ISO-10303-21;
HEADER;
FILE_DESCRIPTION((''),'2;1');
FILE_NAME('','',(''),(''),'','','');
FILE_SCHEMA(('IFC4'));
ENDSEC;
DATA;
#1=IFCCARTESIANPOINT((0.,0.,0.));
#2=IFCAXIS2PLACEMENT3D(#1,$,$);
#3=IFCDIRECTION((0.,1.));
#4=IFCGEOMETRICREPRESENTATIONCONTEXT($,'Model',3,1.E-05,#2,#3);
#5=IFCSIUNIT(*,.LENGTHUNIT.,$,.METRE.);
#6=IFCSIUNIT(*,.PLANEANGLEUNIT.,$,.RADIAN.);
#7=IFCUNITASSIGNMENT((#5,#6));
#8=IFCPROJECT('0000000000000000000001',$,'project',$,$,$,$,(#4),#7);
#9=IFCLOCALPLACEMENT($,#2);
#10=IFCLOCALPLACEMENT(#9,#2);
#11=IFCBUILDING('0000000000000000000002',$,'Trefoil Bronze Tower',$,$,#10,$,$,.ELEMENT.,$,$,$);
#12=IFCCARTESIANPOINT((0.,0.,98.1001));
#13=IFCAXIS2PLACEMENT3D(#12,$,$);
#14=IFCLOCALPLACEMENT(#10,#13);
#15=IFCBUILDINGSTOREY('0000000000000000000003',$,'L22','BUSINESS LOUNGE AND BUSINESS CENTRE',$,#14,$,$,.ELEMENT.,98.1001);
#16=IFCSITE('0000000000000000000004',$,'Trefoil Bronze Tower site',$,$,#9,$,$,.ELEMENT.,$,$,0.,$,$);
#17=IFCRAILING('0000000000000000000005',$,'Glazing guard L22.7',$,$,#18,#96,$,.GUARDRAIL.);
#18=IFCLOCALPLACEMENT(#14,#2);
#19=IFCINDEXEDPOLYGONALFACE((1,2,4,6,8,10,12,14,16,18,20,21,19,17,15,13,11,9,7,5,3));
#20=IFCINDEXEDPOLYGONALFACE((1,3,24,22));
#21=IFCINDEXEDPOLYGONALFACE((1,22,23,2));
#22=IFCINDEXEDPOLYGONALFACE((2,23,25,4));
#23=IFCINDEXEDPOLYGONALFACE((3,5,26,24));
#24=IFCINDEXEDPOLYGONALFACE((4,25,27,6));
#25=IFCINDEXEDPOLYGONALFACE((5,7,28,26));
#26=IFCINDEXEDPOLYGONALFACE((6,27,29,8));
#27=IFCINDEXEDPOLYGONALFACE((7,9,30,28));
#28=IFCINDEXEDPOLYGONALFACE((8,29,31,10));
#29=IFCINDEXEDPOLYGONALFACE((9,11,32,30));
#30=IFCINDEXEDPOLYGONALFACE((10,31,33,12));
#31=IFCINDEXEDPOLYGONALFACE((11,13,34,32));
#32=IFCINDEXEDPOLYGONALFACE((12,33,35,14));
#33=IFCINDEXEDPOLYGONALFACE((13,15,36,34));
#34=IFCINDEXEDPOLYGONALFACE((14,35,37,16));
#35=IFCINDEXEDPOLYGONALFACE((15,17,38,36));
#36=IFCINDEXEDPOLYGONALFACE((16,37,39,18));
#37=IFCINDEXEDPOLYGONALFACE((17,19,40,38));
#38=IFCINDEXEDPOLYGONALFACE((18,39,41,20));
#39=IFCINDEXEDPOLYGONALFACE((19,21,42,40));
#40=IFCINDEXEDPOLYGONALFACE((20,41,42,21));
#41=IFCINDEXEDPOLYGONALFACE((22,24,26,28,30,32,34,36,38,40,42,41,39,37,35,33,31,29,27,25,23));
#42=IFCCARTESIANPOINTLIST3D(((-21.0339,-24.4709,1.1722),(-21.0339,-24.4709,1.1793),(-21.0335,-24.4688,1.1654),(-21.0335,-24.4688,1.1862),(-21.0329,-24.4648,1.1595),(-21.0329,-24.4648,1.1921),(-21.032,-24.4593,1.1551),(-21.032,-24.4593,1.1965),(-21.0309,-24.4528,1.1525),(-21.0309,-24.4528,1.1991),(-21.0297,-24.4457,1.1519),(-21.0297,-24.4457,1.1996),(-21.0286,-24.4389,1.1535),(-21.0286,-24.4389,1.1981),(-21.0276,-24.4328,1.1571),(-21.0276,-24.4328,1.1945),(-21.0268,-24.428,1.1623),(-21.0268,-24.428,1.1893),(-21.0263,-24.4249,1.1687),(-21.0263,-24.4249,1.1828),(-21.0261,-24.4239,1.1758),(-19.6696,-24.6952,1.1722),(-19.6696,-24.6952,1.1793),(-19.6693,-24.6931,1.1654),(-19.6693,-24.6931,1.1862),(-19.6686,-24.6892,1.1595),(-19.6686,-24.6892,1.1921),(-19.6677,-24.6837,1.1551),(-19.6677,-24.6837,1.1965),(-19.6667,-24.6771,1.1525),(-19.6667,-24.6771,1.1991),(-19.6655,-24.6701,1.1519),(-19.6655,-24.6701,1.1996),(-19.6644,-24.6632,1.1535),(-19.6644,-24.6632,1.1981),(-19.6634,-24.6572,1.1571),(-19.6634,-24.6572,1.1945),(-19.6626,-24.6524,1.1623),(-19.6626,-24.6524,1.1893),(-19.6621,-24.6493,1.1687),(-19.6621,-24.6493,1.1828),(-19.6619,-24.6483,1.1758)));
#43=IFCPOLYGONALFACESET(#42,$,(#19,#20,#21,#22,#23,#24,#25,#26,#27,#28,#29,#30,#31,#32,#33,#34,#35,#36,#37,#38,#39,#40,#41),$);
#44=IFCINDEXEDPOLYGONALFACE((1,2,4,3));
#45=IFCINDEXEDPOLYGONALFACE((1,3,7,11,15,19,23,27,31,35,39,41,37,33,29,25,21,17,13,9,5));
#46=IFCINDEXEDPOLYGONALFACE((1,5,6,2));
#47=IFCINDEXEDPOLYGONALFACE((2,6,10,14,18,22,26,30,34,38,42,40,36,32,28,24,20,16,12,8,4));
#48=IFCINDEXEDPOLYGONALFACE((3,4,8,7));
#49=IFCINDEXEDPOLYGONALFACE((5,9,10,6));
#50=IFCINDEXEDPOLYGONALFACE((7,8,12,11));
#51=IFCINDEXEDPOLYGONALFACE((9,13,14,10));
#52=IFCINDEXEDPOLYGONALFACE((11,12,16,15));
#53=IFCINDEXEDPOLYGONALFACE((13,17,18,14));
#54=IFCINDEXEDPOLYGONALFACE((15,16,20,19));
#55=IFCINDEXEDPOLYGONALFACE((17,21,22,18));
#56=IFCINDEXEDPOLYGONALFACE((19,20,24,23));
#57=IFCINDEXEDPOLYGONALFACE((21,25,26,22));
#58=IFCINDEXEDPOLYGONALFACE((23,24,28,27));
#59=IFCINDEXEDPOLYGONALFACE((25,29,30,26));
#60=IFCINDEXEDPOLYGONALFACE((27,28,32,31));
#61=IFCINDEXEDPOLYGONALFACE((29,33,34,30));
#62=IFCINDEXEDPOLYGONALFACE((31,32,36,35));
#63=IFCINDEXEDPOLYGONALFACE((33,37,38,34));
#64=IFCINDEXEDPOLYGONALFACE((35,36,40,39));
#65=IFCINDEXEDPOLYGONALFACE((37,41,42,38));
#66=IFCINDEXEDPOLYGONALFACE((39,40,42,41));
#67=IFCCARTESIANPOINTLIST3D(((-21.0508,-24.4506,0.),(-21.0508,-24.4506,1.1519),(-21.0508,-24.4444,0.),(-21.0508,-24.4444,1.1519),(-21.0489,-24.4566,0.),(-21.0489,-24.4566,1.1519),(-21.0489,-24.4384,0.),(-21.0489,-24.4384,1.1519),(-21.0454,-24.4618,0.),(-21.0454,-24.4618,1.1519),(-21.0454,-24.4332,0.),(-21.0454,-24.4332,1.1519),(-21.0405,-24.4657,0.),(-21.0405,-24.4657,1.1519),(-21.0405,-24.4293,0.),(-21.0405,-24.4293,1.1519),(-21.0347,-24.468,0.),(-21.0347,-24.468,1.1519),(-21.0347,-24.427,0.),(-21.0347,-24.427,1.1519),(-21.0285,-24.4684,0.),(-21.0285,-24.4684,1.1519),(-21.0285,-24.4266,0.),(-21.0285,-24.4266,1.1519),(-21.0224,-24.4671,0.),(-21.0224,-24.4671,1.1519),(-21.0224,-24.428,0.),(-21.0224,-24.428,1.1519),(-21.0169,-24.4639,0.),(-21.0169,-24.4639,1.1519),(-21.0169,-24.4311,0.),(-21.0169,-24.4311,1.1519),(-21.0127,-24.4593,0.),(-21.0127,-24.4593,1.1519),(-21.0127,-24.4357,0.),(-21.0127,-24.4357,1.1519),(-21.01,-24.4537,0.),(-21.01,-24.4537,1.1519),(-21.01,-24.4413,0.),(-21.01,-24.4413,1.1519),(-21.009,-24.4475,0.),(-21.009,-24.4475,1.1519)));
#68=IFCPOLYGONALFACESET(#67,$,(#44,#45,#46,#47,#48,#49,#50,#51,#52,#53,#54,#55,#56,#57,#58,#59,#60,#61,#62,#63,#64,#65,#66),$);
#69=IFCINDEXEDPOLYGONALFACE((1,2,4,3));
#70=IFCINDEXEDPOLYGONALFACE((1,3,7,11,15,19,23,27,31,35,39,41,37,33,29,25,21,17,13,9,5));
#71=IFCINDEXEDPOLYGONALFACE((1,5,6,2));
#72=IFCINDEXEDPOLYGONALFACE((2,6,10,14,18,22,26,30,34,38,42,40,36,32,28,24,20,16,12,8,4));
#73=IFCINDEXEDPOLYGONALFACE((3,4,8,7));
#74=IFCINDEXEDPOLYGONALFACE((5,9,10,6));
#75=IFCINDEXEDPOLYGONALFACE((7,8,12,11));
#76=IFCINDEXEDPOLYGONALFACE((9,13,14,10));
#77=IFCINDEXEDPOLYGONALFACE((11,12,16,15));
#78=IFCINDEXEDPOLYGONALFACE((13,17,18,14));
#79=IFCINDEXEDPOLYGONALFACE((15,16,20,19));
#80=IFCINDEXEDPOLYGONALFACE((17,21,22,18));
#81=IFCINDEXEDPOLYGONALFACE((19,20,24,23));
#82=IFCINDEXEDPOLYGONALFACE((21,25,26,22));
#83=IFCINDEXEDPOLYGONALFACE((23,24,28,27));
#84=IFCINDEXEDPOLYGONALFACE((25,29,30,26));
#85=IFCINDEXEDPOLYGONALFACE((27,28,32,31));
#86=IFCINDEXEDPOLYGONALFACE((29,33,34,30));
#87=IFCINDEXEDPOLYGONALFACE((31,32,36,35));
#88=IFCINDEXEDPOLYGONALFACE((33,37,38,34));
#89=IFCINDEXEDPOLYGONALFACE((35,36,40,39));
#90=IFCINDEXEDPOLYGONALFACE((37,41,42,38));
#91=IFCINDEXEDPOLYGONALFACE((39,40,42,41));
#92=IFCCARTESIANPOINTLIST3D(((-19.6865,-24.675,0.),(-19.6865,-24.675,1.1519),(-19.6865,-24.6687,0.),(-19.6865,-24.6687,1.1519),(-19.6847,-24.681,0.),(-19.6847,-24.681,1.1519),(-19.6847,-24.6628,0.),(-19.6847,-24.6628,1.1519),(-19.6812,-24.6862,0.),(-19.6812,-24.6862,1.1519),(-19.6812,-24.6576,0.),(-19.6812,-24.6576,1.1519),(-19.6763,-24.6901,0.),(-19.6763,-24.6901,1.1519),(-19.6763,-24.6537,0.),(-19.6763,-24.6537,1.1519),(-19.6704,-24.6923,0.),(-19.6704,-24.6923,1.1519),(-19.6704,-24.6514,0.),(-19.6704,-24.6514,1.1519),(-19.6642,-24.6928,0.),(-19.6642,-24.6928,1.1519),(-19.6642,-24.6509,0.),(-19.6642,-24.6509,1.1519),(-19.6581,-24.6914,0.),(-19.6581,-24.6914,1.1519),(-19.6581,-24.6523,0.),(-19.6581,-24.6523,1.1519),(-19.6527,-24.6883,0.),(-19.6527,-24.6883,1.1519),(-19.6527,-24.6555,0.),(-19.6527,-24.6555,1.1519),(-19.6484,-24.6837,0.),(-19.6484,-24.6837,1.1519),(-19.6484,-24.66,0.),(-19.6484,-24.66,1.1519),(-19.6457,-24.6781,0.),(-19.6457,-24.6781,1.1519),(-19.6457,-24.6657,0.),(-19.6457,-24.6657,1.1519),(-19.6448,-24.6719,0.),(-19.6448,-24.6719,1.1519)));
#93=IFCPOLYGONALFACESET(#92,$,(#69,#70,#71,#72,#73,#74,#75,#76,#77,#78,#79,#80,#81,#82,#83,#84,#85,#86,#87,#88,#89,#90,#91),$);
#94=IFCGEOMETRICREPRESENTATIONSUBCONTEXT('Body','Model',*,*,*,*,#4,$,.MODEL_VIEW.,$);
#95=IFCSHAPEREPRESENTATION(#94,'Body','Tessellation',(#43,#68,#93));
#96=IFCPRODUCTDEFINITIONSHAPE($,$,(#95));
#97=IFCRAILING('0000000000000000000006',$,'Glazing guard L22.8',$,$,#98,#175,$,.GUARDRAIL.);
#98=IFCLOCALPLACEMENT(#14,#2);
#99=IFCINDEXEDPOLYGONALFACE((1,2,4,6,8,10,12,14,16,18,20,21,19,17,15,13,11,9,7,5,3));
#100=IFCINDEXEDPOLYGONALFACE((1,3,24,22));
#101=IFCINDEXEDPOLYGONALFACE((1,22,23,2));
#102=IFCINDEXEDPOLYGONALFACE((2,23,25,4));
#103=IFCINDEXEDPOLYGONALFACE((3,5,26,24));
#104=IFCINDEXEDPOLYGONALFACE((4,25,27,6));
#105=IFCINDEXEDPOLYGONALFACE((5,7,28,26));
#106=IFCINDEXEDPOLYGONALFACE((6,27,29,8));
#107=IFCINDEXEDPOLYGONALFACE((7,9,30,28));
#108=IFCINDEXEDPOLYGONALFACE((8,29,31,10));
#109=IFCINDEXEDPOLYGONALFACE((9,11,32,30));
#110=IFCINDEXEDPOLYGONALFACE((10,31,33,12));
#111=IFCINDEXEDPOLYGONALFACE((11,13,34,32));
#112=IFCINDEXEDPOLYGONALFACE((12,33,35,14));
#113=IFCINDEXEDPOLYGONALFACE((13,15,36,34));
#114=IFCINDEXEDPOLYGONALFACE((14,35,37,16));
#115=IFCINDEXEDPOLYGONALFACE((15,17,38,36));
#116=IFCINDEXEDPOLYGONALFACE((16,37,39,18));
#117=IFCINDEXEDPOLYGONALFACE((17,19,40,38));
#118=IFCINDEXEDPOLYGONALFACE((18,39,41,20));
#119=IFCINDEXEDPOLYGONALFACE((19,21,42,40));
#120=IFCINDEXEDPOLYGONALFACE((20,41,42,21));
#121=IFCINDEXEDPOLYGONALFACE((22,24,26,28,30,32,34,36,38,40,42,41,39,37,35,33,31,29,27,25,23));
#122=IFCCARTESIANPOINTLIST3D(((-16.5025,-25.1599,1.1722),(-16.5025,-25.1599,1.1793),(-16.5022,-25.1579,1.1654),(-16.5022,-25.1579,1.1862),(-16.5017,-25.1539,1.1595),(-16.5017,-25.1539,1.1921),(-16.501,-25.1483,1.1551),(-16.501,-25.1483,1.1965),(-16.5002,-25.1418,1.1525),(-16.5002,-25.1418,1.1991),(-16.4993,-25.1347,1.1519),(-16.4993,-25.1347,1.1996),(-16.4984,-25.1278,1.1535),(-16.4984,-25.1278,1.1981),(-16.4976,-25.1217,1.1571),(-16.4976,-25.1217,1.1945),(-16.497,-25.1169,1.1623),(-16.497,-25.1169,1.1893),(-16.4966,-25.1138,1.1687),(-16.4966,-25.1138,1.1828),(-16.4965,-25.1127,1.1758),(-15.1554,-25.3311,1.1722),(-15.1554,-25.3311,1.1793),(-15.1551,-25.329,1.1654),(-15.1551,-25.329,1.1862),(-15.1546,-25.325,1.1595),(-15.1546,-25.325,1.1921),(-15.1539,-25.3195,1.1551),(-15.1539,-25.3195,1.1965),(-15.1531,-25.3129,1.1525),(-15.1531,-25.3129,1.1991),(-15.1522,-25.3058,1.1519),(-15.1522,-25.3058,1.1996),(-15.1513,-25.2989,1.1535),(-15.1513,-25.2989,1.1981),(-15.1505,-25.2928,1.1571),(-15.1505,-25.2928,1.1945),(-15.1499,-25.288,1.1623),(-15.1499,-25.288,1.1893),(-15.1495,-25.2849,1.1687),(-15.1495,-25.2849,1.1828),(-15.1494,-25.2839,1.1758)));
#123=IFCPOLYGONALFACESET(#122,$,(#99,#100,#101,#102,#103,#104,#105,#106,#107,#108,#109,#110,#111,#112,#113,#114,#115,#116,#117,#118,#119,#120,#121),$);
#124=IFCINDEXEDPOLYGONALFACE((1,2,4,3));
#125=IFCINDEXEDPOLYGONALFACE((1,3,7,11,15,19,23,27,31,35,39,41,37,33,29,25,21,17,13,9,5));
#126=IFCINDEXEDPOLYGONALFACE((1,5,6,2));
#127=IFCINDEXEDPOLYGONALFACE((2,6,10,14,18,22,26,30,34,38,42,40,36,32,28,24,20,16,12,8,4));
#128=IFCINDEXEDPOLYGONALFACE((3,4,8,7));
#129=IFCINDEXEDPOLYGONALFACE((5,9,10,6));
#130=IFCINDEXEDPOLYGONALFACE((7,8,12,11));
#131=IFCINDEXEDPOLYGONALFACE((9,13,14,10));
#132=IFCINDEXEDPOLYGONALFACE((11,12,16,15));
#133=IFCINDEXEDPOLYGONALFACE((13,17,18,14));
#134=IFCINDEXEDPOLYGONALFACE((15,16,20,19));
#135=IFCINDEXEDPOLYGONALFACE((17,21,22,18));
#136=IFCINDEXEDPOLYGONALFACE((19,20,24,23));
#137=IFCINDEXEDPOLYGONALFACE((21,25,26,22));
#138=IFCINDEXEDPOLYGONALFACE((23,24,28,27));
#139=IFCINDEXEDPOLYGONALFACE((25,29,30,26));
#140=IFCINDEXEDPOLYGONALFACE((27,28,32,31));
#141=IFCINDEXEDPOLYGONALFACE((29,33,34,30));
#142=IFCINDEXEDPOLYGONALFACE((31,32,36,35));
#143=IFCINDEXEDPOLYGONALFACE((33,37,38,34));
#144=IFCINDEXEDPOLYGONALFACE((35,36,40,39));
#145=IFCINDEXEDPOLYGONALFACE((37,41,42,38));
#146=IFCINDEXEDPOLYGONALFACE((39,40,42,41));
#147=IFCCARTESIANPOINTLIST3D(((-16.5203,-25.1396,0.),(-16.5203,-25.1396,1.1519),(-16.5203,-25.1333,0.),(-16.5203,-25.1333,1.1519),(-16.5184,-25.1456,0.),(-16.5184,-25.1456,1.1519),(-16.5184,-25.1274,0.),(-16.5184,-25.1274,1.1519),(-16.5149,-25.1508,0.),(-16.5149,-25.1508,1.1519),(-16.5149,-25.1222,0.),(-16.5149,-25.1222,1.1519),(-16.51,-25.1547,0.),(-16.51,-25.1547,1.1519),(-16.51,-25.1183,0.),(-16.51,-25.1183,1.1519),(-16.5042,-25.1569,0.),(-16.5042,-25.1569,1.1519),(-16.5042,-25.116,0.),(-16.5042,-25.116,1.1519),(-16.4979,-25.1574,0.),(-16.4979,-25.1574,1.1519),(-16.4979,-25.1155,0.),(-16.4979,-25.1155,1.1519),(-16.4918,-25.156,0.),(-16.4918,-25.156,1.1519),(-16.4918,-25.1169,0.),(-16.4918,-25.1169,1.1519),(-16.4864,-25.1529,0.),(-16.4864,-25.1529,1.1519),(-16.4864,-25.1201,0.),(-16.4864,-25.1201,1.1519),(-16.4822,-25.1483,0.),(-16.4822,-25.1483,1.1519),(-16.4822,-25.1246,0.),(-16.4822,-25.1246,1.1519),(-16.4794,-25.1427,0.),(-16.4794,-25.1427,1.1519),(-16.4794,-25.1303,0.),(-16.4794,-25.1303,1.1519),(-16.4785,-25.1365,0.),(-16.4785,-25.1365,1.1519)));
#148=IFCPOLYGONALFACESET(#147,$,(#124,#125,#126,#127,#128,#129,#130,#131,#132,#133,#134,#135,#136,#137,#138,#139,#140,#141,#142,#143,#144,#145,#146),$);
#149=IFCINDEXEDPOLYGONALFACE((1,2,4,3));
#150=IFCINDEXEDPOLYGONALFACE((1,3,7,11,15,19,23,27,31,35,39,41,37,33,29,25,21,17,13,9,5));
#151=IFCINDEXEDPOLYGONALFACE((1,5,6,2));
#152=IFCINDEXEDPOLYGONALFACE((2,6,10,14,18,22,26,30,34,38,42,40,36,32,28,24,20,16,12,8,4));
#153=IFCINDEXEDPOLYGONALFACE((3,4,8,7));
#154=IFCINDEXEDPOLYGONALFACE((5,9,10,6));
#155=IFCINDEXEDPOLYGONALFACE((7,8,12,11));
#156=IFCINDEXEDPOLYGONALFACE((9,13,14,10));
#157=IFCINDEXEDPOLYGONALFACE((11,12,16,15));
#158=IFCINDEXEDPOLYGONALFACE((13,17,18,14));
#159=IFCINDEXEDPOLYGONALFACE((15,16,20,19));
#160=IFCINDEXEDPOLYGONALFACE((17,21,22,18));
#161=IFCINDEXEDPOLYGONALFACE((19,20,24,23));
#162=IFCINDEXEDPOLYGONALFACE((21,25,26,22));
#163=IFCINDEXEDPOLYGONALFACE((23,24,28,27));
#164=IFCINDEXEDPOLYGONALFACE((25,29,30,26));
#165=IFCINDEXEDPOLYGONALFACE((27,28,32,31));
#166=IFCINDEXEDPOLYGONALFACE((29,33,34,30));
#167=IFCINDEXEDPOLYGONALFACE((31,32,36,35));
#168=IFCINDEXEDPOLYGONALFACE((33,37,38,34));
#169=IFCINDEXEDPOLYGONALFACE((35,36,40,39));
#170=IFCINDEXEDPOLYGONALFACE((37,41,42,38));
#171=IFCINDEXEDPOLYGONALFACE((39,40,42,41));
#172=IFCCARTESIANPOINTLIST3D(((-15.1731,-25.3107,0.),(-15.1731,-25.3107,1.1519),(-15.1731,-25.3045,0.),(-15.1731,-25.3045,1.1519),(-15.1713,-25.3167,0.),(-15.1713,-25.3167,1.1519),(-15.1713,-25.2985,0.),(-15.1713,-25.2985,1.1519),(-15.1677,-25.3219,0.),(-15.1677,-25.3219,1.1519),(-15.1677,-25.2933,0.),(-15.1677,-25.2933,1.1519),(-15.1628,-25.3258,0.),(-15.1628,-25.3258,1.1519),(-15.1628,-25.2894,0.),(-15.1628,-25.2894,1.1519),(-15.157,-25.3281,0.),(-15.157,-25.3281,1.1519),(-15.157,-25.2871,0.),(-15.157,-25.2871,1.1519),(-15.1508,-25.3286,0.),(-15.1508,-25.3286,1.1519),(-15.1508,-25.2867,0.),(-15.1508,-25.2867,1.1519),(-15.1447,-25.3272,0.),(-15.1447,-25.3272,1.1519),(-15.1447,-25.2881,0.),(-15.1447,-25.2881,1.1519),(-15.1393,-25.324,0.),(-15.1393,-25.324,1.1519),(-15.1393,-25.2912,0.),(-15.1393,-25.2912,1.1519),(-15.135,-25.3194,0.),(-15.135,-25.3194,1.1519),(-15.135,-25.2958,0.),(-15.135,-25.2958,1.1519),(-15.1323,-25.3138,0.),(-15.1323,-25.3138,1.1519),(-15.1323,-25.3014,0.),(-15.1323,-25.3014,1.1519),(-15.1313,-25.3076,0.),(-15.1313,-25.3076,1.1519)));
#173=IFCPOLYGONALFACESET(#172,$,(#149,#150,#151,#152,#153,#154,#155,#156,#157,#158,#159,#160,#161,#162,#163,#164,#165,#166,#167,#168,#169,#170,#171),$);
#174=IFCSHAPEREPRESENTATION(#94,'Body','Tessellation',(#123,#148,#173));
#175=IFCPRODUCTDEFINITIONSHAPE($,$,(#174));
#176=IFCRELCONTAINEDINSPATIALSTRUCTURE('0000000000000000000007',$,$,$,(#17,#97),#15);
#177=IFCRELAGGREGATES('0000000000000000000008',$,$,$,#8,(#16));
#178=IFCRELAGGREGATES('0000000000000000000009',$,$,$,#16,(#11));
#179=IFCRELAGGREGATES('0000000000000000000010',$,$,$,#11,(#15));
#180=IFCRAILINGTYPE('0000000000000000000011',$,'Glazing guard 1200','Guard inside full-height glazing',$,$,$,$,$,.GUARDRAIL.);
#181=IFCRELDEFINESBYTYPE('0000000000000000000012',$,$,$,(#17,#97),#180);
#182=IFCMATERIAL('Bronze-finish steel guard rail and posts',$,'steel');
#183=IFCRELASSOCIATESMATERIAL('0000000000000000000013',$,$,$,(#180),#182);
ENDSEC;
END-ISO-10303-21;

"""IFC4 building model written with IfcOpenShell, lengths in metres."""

from ifc_helpers import new_model, si_unit, direction, frame, origin, origin_2d, place, context, subcontext, project, spatial, circle, extrude, material, type_object, element, save


model = new_model("IFC4")

# Units and contexts
model_context = context("Model", 3, precision=1e-05, world=origin(), true_north=direction((0.0, 1.0)))
body_context = subcontext(model_context, "Body", "Model", "MODEL_VIEW")
ifc_project = project(units=[si_unit("LENGTHUNIT", "METRE"), si_unit("PLANEANGLEUNIT", "RADIAN")], contexts=[model_context])

# Site, building, storey
site_placement = place(None, origin())
site = spatial("IfcSite", under=ifc_project, at=site_placement, Name="Trefoil Bronze Tower site", CompositionType="ELEMENT", RefElevation=0.0)
building_placement = place(site_placement, origin())
building = spatial("IfcBuilding", under=site, at=building_placement, Name="Trefoil Bronze Tower", CompositionType="ELEMENT")
storey_placement = place(building_placement, frame((0.0, 0.0, 98.1001)))
storey = spatial("IfcBuildingStorey", under=building, at=storey_placement, Name="L22", Description="BUSINESS LOUNGE AND BUSINESS CENTRE", CompositionType="ELEMENT", Elevation=98.1001)

# Railings
ifc_material_1 = material(Name="Bronze-finish steel guard rail and posts", Category="steel")
railing_type = type_object("IfcRailingType", Name="Glazing guard 1200", Description="Guard inside full-height glazing", PredefinedType="GUARDRAIL", material=ifc_material_1)
railing_1_placement = place(storey_placement, frame((-21.03, -24.4475, 0.0)))
element("IfcRailing", 1, at=railing_1_placement, inside=storey, type_object=railing_type, Name="Glazing guard L22.7", PredefinedType="GUARDRAIL", context=body_context, shape_type="SweptSolid", body=[
    extrude(circle(Radius=0.0239, at=origin_2d()), frame((0.0, 0.0, 1.1758), z_axis=(0.986745, -0.16228, 0.0), x_axis=(0.16228, 0.986745, 0.0)), (0.0, 0.0, 1.0), 1.3826),
    extrude(circle(Radius=0.021, at=origin_2d()), origin(), (0.0, 0.0, 1.0), 1.1519),
    extrude(circle(Radius=0.021, at=origin_2d()), frame((1.3643, -0.2244, 0.0)), (0.0, 0.0, 1.0), 1.1519),
])
railing_2_placement = place(storey_placement, frame((-16.4995, -25.1365, 0.0)))
element("IfcRailing", 2, at=railing_2_placement, inside=storey, type_object=railing_type, Name="Glazing guard L22.8", PredefinedType="GUARDRAIL", context=body_context, shape_type="SweptSolid", body=[
    extrude(circle(Radius=0.0239, at=origin_2d()), frame((0.0, 0.0, 1.1758), z_axis=(0.992027, -0.126026, 0.0), x_axis=(0.126026, 0.992027, 0.0)), (0.0, 0.0, 1.0), 1.3579),
    extrude(circle(Radius=0.021, at=origin_2d()), origin(), (0.0, 0.0, 1.0), 1.1519),
    extrude(circle(Radius=0.021, at=origin_2d()), frame((1.3472, -0.1711, 0.0)), (0.0, 0.0, 1.0), 1.1519),
])

save(model, "model.ifc")
